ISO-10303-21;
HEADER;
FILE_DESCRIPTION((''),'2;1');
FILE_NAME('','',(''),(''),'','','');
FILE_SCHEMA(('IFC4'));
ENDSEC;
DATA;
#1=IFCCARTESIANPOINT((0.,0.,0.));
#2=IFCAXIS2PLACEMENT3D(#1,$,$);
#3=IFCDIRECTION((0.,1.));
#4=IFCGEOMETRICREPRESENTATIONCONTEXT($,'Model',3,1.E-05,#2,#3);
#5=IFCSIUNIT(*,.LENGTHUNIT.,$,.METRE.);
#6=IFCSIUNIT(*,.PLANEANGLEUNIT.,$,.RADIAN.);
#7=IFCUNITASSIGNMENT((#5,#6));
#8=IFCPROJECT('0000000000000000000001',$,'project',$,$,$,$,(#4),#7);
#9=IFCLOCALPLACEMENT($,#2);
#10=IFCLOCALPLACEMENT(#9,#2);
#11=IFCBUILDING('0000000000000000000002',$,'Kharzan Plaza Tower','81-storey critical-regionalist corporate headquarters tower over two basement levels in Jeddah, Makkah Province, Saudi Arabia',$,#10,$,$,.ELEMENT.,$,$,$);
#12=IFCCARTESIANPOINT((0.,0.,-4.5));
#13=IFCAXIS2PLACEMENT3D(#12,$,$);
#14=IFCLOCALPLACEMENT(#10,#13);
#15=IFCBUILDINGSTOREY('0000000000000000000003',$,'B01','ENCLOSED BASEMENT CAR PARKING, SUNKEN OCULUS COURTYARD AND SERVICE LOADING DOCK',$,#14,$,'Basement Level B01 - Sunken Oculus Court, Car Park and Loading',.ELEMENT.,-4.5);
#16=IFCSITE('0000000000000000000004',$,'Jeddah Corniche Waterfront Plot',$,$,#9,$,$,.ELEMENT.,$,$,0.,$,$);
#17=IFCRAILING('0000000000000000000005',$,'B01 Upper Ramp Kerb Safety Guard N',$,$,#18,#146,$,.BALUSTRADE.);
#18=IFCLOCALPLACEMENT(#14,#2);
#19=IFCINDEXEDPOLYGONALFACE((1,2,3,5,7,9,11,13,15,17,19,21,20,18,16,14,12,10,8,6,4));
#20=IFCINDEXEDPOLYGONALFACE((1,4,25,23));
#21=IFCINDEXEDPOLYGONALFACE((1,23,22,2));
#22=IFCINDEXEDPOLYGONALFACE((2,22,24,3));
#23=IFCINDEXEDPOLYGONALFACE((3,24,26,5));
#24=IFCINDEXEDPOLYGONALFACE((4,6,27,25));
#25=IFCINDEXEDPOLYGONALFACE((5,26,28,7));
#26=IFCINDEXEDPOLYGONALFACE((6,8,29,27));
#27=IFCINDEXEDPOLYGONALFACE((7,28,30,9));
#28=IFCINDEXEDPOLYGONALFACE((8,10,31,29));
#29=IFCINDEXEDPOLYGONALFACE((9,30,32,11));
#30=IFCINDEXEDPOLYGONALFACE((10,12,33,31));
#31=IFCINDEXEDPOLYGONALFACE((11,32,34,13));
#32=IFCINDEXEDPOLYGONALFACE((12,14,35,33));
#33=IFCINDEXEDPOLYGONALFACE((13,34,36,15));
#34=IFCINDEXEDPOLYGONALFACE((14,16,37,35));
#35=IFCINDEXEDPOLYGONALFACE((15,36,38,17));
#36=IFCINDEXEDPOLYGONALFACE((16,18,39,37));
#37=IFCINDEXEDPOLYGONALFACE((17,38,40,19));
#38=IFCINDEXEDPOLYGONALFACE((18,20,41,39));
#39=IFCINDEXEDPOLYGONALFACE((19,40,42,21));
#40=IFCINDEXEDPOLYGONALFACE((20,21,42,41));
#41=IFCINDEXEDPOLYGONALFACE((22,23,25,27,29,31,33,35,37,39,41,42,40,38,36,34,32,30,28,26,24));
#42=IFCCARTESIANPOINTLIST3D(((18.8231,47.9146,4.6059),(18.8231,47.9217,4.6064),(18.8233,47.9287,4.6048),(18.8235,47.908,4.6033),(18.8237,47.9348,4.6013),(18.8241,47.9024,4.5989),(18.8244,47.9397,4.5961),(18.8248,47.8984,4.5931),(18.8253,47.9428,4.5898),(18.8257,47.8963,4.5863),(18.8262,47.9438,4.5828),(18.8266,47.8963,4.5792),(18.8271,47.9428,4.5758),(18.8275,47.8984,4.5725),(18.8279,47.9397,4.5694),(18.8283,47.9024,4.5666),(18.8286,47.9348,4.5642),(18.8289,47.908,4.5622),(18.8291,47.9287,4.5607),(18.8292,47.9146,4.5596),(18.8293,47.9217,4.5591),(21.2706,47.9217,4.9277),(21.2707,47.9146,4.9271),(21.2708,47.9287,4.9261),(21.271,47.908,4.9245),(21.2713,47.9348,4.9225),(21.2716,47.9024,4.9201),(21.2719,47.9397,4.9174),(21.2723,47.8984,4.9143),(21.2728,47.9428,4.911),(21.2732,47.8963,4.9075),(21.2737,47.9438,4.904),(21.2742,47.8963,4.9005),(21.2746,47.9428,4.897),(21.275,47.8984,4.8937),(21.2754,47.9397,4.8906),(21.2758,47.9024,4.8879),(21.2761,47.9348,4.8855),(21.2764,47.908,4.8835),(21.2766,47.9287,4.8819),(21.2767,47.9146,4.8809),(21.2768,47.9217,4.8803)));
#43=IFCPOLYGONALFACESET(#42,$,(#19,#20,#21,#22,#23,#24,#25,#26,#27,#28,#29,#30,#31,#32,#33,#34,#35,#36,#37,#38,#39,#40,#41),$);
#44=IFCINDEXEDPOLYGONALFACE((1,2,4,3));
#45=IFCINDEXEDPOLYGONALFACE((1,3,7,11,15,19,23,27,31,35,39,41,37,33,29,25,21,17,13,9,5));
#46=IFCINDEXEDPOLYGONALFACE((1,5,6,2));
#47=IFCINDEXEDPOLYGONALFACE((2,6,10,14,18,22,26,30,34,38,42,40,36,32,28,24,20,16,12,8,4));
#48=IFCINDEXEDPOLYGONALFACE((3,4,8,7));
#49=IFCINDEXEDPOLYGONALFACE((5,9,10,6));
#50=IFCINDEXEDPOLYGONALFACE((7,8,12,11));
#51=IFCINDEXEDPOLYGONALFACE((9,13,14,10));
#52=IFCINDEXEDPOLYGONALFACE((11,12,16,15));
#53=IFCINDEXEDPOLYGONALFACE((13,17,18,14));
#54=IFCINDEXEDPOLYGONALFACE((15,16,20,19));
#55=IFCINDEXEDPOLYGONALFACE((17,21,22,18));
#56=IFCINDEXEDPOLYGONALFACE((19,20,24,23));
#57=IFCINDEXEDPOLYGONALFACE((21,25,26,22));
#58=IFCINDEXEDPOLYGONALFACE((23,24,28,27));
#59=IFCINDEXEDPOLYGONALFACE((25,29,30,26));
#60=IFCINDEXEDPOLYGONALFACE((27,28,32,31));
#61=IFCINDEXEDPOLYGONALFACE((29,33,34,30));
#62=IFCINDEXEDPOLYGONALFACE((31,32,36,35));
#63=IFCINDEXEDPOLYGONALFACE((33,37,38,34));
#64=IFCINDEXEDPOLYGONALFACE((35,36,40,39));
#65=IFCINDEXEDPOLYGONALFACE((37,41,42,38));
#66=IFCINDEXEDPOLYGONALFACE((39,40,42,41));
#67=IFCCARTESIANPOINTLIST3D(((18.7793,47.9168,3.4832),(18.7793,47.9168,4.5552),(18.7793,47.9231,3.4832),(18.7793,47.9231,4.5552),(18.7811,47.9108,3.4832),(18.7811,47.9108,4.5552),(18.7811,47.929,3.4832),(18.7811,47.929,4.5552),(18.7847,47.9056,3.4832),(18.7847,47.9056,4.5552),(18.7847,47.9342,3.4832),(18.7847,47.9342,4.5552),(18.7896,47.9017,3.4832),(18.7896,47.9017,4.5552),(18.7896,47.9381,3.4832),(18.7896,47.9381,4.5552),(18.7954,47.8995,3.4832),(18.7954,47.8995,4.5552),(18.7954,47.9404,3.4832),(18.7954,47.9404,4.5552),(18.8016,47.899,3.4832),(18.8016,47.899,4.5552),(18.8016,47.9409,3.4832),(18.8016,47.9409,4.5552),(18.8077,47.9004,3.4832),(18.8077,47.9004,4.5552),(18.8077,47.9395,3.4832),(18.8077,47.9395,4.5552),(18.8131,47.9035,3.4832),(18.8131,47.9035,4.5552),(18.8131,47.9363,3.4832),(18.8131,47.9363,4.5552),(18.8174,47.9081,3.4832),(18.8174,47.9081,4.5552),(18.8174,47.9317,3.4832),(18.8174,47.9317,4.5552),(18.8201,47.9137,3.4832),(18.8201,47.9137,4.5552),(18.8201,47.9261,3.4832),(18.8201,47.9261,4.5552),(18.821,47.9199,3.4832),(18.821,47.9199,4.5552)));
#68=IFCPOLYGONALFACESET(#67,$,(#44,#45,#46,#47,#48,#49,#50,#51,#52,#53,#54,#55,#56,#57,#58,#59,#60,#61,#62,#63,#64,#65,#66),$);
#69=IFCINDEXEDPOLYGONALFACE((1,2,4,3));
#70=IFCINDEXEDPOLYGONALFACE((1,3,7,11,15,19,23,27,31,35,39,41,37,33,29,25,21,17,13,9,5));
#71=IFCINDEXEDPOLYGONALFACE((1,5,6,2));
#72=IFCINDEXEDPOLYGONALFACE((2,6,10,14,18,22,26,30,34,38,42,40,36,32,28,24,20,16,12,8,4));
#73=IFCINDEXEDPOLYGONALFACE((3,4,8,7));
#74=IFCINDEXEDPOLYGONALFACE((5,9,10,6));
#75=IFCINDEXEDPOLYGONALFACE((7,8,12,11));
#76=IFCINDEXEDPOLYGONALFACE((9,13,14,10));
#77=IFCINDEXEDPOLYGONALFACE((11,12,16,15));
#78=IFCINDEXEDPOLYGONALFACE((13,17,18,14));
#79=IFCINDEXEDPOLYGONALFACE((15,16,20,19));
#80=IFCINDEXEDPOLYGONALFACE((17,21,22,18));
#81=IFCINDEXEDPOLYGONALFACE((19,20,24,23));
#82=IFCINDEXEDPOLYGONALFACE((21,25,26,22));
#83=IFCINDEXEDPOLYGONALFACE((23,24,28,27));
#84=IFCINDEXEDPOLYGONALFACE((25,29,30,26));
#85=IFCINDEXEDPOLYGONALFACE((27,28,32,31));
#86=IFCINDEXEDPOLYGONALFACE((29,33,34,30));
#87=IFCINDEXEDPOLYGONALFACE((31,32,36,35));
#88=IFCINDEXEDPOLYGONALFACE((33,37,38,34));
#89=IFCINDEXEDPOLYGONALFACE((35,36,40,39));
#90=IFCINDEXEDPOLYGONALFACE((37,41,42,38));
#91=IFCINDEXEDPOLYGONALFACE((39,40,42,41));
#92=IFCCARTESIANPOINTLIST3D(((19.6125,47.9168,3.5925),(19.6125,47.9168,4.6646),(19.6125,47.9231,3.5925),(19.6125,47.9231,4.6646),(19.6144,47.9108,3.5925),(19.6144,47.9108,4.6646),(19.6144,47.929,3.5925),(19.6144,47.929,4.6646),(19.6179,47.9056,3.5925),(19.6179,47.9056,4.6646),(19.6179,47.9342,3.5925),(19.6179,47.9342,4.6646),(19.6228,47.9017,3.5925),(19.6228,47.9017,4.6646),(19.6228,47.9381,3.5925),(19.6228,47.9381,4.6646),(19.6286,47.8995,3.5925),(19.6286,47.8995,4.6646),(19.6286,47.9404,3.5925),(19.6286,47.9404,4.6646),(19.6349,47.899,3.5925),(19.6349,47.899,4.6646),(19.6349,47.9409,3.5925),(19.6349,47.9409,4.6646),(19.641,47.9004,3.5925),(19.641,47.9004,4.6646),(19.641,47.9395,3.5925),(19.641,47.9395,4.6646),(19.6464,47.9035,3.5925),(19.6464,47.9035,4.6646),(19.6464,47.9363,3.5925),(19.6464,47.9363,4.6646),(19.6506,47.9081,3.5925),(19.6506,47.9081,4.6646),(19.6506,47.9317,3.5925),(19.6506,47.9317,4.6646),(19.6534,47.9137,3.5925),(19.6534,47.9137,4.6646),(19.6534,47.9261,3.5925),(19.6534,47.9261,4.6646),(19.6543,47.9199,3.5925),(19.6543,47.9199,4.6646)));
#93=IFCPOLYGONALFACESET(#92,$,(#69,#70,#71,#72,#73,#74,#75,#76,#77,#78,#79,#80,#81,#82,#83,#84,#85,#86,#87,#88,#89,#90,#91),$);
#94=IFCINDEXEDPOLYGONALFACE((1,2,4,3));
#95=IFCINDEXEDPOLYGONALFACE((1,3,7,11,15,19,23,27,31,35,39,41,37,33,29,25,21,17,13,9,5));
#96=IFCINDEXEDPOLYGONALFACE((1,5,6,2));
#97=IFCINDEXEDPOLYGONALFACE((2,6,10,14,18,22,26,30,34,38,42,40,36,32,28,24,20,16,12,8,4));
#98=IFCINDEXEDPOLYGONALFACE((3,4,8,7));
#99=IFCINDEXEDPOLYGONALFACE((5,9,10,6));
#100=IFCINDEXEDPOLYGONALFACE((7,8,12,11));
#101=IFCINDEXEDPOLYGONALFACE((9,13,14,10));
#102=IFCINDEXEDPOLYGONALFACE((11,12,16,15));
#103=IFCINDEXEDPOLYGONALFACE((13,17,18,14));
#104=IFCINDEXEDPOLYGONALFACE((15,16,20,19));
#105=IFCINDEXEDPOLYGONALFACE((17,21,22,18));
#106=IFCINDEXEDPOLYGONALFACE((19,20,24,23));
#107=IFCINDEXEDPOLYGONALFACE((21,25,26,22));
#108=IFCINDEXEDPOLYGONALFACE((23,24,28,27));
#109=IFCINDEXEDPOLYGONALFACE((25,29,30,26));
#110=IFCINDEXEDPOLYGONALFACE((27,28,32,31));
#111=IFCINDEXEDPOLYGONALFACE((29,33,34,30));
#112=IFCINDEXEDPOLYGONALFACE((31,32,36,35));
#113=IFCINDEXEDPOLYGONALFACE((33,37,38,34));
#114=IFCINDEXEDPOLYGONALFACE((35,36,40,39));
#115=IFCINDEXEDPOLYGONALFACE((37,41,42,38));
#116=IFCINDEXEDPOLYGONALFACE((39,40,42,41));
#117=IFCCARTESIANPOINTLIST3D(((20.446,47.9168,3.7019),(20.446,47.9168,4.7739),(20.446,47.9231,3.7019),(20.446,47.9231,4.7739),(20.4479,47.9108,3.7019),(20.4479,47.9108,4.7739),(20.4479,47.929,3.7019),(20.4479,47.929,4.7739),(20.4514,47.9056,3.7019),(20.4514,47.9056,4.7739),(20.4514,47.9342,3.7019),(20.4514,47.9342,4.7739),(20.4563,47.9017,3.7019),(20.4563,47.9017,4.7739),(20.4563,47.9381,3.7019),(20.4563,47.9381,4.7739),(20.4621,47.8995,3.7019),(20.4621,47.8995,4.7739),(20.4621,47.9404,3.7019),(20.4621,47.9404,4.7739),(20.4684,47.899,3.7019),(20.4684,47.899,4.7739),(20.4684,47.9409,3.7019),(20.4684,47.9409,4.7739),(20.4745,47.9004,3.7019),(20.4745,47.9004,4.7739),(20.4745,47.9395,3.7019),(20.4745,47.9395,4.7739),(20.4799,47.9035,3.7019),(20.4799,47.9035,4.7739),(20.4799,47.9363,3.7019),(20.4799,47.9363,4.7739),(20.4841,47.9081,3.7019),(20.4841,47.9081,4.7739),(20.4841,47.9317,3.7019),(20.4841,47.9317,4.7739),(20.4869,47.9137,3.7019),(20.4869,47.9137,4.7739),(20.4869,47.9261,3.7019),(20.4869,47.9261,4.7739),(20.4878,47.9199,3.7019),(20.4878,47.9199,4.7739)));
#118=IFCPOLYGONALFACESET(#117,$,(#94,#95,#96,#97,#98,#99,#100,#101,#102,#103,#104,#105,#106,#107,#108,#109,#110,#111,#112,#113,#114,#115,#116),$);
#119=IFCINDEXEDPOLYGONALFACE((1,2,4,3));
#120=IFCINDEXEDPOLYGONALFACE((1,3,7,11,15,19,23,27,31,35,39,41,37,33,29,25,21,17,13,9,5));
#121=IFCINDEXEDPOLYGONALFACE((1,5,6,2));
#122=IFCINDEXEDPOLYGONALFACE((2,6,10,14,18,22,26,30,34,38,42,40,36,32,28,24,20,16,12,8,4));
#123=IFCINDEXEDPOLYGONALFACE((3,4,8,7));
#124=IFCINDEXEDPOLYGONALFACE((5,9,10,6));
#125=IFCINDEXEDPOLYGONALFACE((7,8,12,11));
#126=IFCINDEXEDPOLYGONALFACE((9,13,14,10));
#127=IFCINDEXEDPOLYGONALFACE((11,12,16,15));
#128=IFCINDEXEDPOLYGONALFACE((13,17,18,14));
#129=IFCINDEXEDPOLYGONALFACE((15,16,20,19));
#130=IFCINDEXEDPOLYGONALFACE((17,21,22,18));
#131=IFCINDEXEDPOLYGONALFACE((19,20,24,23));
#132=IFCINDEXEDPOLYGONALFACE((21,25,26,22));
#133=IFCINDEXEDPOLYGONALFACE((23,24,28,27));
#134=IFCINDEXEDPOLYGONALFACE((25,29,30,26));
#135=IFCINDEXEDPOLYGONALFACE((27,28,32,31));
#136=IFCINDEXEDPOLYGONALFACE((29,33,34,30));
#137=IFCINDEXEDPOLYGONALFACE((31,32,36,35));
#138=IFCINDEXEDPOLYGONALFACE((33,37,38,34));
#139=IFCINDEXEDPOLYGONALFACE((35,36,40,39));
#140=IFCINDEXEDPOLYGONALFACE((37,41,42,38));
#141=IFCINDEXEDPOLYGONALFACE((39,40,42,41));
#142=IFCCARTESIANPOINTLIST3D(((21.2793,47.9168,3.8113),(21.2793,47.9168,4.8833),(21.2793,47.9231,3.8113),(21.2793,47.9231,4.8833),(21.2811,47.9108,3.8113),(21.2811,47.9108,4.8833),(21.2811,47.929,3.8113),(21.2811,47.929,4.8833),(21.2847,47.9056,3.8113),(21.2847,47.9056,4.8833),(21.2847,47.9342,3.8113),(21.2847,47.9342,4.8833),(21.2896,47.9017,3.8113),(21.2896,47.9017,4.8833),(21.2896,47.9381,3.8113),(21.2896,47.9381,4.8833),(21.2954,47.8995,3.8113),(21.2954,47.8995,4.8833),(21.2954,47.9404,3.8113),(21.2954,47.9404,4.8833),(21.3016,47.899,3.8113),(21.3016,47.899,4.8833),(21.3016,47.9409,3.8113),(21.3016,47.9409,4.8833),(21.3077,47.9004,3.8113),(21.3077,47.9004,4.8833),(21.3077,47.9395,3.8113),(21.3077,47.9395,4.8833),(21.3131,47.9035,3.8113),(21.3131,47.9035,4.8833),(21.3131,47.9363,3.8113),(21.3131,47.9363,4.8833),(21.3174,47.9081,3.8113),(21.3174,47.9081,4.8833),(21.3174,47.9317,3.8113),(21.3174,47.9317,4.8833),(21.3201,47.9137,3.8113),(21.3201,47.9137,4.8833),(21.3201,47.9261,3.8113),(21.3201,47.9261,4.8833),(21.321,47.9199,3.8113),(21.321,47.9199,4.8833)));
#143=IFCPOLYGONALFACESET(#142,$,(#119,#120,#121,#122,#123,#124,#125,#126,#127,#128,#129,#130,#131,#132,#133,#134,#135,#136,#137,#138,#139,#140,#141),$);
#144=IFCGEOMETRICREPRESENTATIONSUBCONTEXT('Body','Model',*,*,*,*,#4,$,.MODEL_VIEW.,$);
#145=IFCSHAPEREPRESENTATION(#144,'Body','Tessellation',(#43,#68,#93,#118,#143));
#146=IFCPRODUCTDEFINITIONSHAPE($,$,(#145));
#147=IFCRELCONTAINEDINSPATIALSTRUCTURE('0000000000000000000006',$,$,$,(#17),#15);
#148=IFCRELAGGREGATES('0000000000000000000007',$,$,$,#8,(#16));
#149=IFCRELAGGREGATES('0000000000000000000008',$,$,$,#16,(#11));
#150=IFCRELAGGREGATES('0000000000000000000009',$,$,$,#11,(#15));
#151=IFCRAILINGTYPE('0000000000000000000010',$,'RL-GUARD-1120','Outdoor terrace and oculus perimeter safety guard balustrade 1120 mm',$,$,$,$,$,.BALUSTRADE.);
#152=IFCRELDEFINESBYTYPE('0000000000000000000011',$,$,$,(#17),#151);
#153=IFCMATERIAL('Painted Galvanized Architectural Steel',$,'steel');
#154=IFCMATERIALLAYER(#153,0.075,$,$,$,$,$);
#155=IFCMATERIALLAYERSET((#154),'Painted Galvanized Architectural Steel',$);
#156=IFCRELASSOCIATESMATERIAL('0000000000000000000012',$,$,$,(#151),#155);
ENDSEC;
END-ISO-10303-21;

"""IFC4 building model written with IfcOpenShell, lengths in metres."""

from ifc_helpers import new_model, si_unit, direction, frame, origin, origin_2d, place, context, subcontext, project, spatial, circle, extrude, source, transform, mapped, material, layer, layer_set, type_object, element, save


model = new_model("IFC4")

# Units and contexts
model_context = context("Model", 3, precision=1e-05, world=origin(), true_north=direction((0.0, 1.0)))
body_context = subcontext(model_context, "Body", "Model", "MODEL_VIEW")
ifc_project = project(units=[si_unit("LENGTHUNIT", "METRE"), si_unit("PLANEANGLEUNIT", "RADIAN")], contexts=[model_context])

# Site, building, storey
site_placement = place(None, origin())
site = spatial("IfcSite", under=ifc_project, at=site_placement, Name="Jeddah Corniche Waterfront Plot", CompositionType="ELEMENT", RefElevation=0.0)
building_placement = place(site_placement, origin())
building = spatial("IfcBuilding", under=site, at=building_placement, Name="Kharzan Plaza Tower", Description="81-storey critical-regionalist corporate headquarters tower over two basement levels in Jeddah, Makkah Province, Saudi Arabia", CompositionType="ELEMENT")
storey_placement = place(building_placement, frame((0.0, 0.0, -4.5)))
storey = spatial("IfcBuildingStorey", under=building, at=storey_placement, Name="B01", Description="ENCLOSED BASEMENT CAR PARKING, SUNKEN OCULUS COURTYARD AND SERVICE LOADING DOCK", LongName="Basement Level B01 - Sunken Oculus Court, Car Park and Loading", CompositionType="ELEMENT", Elevation=-4.5)

# Railing
ifc_material_1 = material(Name="Painted Galvanized Architectural Steel", Category="steel")
ifc_layer_1 = layer(ifc_material_1, 0.075)
ifc_layer_set_1 = layer_set([ifc_layer_1], Name="Painted Galvanized Architectural Steel")
railing_type_1 = type_object("IfcRailingType", Name="RL-GUARD-1120", Description="Outdoor terrace and oculus perimeter safety guard balustrade 1120 mm", PredefinedType="BALUSTRADE", material=ifc_layer_set_1)
shared_shape_1 = source(origin(), body_context, "Body", "SweptSolid", [
    extrude(circle(Radius=0.0239, at=origin_2d()), frame((0.0261, 0.0, 1.0996), z_axis=(0.991496, 0.0, 0.130134), x_axis=(0.0, 1.0, 0.0)), (0.0, 0.0, 1.0), 2.4685),
    extrude(circle(Radius=0.021, at=origin_2d()), origin(), (0.0, 0.0, 1.0), 1.072),
    extrude(circle(Radius=0.021, at=origin_2d()), frame((0.8333, 0.0, 0.1094)), (0.0, 0.0, 1.0), 1.072),
    extrude(circle(Radius=0.021, at=origin_2d()), frame((1.6667, 0.0, 0.2188)), (0.0, 0.0, 1.0), 1.072),
    extrude(circle(Radius=0.021, at=origin_2d()), frame((2.5, 0.0, 0.3281)), (0.0, 0.0, 1.0), 1.072),
])
for number, where, name in (
    (1, (18.8, 47.9199, 3.4832), "B01 Upper Ramp Kerb Safety Guard N"),
):
    element("IfcRailing", number, at=place(storey_placement, frame(where)), inside=storey, type_object=railing_type_1, Name=name, PredefinedType="BALUSTRADE", context=body_context, shape_type="MappedRepresentation", body=[
        mapped(shared_shape_1, transform((0.0, 0.0, 0.0), x_axis=(1.0, 0.0, 0.0), y_axis=(0.0, 1.0, 0.0), z_axis=(0.0, 0.0, 1.0))),
    ])

save(model, "model.ifc")
